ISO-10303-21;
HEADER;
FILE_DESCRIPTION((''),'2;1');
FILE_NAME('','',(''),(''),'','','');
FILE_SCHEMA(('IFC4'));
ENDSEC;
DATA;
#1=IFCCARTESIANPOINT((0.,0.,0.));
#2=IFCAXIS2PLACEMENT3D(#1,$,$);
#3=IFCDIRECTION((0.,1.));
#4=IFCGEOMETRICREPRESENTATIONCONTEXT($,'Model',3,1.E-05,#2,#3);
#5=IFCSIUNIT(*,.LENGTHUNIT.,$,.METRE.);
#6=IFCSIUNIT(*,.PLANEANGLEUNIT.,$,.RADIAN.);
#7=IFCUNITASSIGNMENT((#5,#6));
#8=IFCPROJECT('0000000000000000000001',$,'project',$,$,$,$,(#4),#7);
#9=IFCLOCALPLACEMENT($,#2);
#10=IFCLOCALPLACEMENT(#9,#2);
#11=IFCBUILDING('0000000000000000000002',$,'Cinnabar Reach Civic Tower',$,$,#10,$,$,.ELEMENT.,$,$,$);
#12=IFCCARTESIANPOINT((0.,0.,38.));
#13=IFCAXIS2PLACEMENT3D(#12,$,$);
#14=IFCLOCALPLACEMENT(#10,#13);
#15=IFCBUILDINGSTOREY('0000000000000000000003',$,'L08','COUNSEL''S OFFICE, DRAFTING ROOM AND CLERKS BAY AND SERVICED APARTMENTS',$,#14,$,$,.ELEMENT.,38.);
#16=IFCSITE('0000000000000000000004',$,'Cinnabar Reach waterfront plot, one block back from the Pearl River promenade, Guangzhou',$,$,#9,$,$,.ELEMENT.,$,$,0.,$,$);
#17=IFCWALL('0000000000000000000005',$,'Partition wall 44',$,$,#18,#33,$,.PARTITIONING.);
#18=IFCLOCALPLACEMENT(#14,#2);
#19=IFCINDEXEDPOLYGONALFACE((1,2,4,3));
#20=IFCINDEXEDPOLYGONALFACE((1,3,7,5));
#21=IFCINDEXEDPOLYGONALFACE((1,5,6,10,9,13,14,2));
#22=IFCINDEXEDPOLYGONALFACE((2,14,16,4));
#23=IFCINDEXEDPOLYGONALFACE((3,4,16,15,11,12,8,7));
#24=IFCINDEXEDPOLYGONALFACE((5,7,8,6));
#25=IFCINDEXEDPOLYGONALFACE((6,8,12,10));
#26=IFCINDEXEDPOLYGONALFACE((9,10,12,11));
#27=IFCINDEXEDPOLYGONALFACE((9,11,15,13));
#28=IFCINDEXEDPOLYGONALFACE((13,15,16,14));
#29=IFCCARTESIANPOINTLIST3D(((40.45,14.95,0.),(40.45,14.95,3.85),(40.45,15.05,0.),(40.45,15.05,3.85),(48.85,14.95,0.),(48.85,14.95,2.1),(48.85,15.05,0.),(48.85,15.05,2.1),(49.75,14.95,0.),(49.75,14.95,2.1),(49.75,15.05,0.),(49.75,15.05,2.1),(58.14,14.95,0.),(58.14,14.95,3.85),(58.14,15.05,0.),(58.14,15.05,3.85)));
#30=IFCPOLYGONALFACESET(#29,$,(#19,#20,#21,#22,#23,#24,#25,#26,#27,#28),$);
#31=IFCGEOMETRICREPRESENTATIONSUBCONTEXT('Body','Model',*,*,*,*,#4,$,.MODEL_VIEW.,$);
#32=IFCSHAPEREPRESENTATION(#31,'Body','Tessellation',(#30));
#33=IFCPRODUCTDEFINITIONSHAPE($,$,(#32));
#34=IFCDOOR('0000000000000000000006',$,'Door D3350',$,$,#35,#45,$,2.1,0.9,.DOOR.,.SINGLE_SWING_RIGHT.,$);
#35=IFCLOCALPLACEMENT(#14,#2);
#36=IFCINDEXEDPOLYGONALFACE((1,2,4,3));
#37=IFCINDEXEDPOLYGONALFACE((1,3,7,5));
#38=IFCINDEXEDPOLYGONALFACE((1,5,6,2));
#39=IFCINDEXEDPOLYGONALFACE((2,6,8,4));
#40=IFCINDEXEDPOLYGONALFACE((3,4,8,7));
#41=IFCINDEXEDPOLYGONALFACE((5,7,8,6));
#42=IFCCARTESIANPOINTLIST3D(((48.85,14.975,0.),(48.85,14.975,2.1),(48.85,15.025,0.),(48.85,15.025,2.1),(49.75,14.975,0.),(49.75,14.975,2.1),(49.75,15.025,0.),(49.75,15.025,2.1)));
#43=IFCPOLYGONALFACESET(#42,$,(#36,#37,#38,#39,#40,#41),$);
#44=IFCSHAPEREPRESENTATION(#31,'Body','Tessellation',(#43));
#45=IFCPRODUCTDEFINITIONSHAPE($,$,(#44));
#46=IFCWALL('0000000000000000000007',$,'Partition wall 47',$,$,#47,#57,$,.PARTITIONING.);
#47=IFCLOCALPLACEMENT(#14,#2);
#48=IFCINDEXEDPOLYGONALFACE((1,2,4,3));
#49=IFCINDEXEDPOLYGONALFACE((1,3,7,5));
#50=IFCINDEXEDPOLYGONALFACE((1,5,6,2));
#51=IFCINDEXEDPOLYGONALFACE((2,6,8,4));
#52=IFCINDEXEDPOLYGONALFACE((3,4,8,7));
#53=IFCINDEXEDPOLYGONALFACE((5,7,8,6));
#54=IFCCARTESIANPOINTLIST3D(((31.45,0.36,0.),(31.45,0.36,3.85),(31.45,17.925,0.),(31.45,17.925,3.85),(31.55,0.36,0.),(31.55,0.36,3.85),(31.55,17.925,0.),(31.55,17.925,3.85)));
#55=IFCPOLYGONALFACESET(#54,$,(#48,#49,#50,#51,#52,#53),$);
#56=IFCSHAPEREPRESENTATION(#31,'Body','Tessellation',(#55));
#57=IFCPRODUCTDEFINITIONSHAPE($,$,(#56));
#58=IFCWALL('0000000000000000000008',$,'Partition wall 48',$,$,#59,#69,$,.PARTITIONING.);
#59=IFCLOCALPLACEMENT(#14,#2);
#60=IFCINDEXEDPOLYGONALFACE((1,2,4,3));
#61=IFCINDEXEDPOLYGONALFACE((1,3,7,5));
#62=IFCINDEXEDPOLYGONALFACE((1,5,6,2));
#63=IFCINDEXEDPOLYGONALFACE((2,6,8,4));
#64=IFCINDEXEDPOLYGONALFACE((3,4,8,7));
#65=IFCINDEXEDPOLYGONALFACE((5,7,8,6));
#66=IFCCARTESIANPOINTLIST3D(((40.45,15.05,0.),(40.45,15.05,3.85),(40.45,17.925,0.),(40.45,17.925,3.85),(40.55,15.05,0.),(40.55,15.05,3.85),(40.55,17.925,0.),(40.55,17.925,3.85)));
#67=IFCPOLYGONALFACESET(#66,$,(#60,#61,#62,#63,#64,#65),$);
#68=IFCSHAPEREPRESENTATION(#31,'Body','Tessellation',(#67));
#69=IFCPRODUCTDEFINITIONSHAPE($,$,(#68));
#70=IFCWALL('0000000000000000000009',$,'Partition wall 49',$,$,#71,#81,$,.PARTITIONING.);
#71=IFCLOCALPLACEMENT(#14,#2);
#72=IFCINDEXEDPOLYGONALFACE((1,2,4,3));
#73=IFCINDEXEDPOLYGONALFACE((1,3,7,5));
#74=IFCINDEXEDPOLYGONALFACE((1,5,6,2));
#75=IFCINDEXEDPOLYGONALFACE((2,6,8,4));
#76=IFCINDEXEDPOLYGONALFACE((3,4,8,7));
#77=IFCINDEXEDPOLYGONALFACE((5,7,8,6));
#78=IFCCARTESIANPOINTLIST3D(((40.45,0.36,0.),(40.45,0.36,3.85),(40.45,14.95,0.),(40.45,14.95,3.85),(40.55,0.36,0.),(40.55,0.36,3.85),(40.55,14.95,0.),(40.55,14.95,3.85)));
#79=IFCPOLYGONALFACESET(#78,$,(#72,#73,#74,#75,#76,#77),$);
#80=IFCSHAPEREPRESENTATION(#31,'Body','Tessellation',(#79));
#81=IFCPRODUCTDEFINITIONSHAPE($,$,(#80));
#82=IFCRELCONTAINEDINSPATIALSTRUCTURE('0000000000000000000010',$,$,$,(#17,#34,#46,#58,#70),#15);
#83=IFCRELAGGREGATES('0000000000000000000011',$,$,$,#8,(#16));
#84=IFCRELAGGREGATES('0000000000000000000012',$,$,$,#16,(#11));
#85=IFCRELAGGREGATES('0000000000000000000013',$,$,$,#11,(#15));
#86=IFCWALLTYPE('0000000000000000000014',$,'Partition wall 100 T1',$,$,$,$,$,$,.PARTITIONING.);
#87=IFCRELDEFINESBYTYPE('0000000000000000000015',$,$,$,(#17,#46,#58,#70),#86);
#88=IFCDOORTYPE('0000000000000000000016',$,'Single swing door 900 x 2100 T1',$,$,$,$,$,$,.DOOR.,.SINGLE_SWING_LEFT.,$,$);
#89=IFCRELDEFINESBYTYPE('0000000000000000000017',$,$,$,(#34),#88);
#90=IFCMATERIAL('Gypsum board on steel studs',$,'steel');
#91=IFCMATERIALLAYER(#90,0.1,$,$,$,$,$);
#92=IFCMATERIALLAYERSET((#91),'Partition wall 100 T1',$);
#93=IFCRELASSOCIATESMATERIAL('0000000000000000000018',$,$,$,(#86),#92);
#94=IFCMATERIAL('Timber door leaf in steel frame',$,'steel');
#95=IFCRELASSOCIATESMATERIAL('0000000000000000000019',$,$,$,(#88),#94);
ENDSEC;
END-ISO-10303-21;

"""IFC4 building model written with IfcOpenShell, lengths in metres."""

from ifc_helpers import new_model, si_unit, direction, frame, frame_2d, origin, place, context, subcontext, project, spatial, rectangle, extrude, material, layer, layer_set, type_object, element, fill, save


model = new_model("IFC4")

# Units and contexts
model_context = context("Model", 3, precision=1e-05, world=origin(), true_north=direction((0.0, 1.0)))
body_context = subcontext(model_context, "Body", "Model", "MODEL_VIEW")
ifc_project = project(units=[si_unit("LENGTHUNIT", "METRE"), si_unit("PLANEANGLEUNIT", "RADIAN")], contexts=[model_context])

# Site, building, storey
site_placement = place(None, origin())
site = spatial("IfcSite", under=ifc_project, at=site_placement, Name="Cinnabar Reach waterfront plot, one block back from the Pearl River promenade, Guangzhou", CompositionType="ELEMENT", RefElevation=0.0)
building_placement = place(site_placement, origin())
building = spatial("IfcBuilding", under=site, at=building_placement, Name="Cinnabar Reach Civic Tower", CompositionType="ELEMENT")
storey_placement = place(building_placement, frame((0.0, 0.0, 38.0)))
storey = spatial("IfcBuildingStorey", under=building, at=storey_placement, Name="L08", Description="COUNSEL'S OFFICE, DRAFTING ROOM AND CLERKS BAY AND SERVICED APARTMENTS", CompositionType="ELEMENT", Elevation=38.0)

# Shared definitions
ifc_material_1 = material(Name="Timber door leaf in steel frame", Category="steel")

# Wall, opening, door
ifc_material_2 = material(Name="Gypsum board on steel studs", Category="steel")
ifc_layer_1 = layer(ifc_material_2, 0.1)
ifc_layer_set_1 = layer_set([ifc_layer_1], Name="Partition wall 100 T1")
wall_type_1 = type_object("IfcWallType", Name="Partition wall 100 T1", PredefinedType="PARTITIONING", material=ifc_layer_set_1)
wall_1_placement = place(storey_placement, frame((40.45, 15.0, 0.0), z_axis=(0.0, 0.0, 1.0), x_axis=(1.0, 0.0, 0.0)))
wall_1 = element("IfcWall", 1, at=wall_1_placement, inside=storey, type_object=wall_type_1, Name="Partition wall 44", PredefinedType="PARTITIONING", context=body_context, shape_type="SweptSolid", body=[
    extrude(rectangle(XDim=17.69, YDim=0.1, at=frame_2d((8.845, 0.0))), origin(), (0.0, 0.0, 1.0), 3.85),
])
opening_1_placement = place(wall_1_placement, frame((8.4, 0.0, 0.0)))
opening_1 = element("IfcOpeningElement", 2, at=opening_1_placement, cuts=wall_1, PredefinedType="OPENING", context=body_context, shape_type="SweptSolid", body=[
    extrude(rectangle(XDim=0.9, YDim=2.1, at=frame_2d((0.45, 1.05))), frame((0.0, 0.06, 0.0), z_axis=(0.0, -1.0, 0.0), x_axis=(1.0, 0.0, 0.0)), (0.0, 0.0, 1.0), 0.12),
])
door_type_1 = type_object("IfcDoorType", Name="Single swing door 900 x 2100 T1", OperationType="SINGLE_SWING_LEFT", PredefinedType="DOOR", material=ifc_material_1)
door_1_placement = place(opening_1_placement, origin())
door_1 = element("IfcDoor", 3, at=door_1_placement, inside=storey, type_object=door_type_1, Name="Door D3350", OperationType="SINGLE_SWING_RIGHT", OverallHeight=2.1, OverallWidth=0.9, PredefinedType="DOOR", context=body_context, shape_type="SweptSolid", body=[
    extrude(rectangle(XDim=0.9, YDim=2.1, at=frame_2d((0.45, 1.05))), frame((0.0, 0.025, 0.0), z_axis=(0.0, -1.0, 0.0), x_axis=(1.0, 0.0, 0.0)), (0.0, 0.0, 1.0), 0.05),
])
fill(opening_1, door_1)

# Walls
wall_2_placement = place(storey_placement, frame((31.5, 0.36, 0.0), z_axis=(0.0, 0.0, 1.0), x_axis=(0.0, 1.0, 0.0)))
element("IfcWall", 4, at=wall_2_placement, inside=storey, type_object=wall_type_1, Name="Partition wall 47", PredefinedType="PARTITIONING", context=body_context, shape_type="SweptSolid", body=[
    extrude(rectangle(XDim=17.565, YDim=0.1, at=frame_2d((8.7825, 0.0))), origin(), (0.0, 0.0, 1.0), 3.85),
])
wall_3_placement = place(storey_placement, frame((40.5, 15.05, 0.0), z_axis=(0.0, 0.0, 1.0), x_axis=(0.0, 1.0, 0.0)))
element("IfcWall", 5, at=wall_3_placement, inside=storey, type_object=wall_type_1, Name="Partition wall 48", PredefinedType="PARTITIONING", context=body_context, shape_type="SweptSolid", body=[
    extrude(rectangle(XDim=2.875, YDim=0.1, at=frame_2d((1.4375, 0.0))), origin(), (0.0, 0.0, 1.0), 3.85),
])
wall_4_placement = place(storey_placement, frame((40.5, 0.36, 0.0), z_axis=(0.0, 0.0, 1.0), x_axis=(0.0, 1.0, 0.0)))
element("IfcWall", 6, at=wall_4_placement, inside=storey, type_object=wall_type_1, Name="Partition wall 49", PredefinedType="PARTITIONING", context=body_context, shape_type="SweptSolid", body=[
    extrude(rectangle(XDim=14.59, YDim=0.1, at=frame_2d((7.295, 0.0))), origin(), (0.0, 0.0, 1.0), 3.85),
])

save(model, "model.ifc")
